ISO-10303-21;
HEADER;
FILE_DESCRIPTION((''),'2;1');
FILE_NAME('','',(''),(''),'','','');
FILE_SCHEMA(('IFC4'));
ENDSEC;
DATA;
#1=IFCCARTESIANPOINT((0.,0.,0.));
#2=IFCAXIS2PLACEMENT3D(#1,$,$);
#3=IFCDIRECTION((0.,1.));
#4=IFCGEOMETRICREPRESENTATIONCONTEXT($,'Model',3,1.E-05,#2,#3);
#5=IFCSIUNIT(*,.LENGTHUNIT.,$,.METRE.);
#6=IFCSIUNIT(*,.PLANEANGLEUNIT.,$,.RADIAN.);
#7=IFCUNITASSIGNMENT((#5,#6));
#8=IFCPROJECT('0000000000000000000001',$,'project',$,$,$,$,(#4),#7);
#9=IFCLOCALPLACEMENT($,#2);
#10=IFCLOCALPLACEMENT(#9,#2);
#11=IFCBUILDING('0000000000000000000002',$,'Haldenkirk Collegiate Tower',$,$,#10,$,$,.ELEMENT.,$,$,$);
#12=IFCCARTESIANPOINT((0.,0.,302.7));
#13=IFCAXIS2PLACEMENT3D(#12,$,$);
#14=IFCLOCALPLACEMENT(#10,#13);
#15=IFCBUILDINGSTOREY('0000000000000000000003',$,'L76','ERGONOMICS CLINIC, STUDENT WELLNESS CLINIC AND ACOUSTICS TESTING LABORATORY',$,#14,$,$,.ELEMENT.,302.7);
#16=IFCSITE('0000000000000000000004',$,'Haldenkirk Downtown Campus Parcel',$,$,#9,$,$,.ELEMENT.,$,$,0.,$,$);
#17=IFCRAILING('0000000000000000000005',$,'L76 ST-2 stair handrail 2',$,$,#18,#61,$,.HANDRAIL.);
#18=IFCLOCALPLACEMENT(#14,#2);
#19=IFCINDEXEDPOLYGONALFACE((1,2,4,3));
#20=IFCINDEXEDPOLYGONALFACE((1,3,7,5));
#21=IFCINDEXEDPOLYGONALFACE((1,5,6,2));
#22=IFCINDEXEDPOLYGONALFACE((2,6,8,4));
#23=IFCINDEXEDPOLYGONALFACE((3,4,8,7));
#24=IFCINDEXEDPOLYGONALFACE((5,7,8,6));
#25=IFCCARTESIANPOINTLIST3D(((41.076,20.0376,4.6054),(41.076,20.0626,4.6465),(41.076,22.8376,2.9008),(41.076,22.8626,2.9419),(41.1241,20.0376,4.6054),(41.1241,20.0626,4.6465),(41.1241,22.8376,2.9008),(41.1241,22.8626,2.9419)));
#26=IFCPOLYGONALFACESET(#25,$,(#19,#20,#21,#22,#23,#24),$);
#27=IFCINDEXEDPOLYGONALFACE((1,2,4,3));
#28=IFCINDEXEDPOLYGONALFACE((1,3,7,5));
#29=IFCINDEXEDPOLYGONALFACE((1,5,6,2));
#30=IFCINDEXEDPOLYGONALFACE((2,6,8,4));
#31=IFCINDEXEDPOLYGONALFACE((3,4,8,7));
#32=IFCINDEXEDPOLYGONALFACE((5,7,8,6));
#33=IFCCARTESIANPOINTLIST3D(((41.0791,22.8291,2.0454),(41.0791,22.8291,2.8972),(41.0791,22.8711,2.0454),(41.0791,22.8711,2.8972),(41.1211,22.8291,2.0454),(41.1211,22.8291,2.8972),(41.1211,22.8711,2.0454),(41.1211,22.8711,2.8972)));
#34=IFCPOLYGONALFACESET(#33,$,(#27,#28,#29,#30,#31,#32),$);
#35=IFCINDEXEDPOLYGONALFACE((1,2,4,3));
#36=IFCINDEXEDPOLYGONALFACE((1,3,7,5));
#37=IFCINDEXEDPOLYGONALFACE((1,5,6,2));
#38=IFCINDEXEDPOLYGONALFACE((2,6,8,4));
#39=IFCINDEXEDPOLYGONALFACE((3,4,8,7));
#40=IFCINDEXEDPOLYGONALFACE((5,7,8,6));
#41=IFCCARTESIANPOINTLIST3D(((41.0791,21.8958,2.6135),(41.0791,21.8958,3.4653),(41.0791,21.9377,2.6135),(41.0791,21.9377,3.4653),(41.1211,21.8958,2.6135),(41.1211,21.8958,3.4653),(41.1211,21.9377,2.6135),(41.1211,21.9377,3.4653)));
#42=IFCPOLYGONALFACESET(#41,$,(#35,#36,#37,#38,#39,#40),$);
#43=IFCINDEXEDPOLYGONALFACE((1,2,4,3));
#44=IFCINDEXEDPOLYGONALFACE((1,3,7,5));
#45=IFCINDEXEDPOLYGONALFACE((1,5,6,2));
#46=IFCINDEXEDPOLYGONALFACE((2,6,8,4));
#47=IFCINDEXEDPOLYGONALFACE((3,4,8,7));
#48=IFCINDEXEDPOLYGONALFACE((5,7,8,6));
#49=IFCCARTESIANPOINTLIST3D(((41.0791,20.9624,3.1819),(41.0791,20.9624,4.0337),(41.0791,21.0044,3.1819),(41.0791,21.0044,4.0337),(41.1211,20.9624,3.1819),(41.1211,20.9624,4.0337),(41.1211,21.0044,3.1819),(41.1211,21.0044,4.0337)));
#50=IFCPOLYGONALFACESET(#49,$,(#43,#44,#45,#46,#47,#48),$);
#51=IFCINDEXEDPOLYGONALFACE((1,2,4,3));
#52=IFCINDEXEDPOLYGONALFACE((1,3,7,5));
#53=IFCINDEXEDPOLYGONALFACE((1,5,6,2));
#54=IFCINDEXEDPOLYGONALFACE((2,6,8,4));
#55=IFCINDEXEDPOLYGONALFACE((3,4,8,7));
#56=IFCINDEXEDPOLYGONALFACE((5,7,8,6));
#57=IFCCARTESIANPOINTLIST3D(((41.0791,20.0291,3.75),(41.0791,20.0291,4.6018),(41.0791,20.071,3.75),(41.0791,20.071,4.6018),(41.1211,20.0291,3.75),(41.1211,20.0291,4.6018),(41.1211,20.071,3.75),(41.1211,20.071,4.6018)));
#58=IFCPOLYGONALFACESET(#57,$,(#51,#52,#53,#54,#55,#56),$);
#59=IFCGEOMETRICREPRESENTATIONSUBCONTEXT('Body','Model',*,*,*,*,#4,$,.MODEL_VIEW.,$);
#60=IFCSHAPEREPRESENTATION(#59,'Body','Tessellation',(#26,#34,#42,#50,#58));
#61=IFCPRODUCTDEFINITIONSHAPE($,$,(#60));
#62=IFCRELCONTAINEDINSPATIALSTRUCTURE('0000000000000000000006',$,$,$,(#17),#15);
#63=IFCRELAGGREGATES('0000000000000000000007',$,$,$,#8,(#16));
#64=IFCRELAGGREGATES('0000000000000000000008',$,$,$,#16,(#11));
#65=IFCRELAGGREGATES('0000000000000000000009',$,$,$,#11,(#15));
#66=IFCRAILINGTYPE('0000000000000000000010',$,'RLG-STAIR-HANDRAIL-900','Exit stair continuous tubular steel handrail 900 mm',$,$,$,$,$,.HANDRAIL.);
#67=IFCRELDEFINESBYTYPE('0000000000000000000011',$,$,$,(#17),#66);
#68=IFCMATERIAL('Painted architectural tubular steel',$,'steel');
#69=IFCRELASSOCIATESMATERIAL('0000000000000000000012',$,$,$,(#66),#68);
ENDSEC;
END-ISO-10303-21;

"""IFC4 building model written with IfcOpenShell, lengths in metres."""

from ifc_helpers import new_model, si_unit, direction, frame, origin, origin_2d, place, context, subcontext, project, spatial, rectangle, extrude, material, type_object, element, save


model = new_model("IFC4")

# Units and contexts
model_context = context("Model", 3, precision=1e-05, world=origin(), true_north=direction((0.0, 1.0)))
body_context = subcontext(model_context, "Body", "Model", "MODEL_VIEW")
ifc_project = project(units=[si_unit("LENGTHUNIT", "METRE"), si_unit("PLANEANGLEUNIT", "RADIAN")], contexts=[model_context])

# Site, building, storey
site_placement = place(None, origin())
site = spatial("IfcSite", under=ifc_project, at=site_placement, Name="Haldenkirk Downtown Campus Parcel", CompositionType="ELEMENT", RefElevation=0.0)
building_placement = place(site_placement, origin())
building = spatial("IfcBuilding", under=site, at=building_placement, Name="Haldenkirk Collegiate Tower", CompositionType="ELEMENT")
storey_placement = place(building_placement, frame((0.0, 0.0, 302.7)))
storey = spatial("IfcBuildingStorey", under=building, at=storey_placement, Name="L76", Description="ERGONOMICS CLINIC, STUDENT WELLNESS CLINIC AND ACOUSTICS TESTING LABORATORY", CompositionType="ELEMENT", Elevation=302.7)

# Railing
ifc_material_1 = material(Name="Painted architectural tubular steel", Category="steel")
railing_type_1 = type_object("IfcRailingType", Name="RLG-STAIR-HANDRAIL-900", Description="Exit stair continuous tubular steel handrail 900 mm", PredefinedType="HANDRAIL", material=ifc_material_1)
railing_1_placement = place(storey_placement, frame((41.1001, 22.8501, 2.0454)))
element("IfcRailing", 1, at=railing_1_placement, inside=storey, type_object=railing_type_1, Name="L76 ST-2 stair handrail 2", PredefinedType="HANDRAIL", context=body_context, shape_type="SweptSolid", body=[
    extrude(rectangle(XDim=0.0481, YDim=0.0481, at=origin_2d()), frame((0.0, 0.0, 0.876), z_axis=(0.0, -0.85417, 0.519994), x_axis=(1.0, 0.0, 0.0)), (0.0, 0.0, 1.0), 3.2781),
    extrude(rectangle(XDim=0.042, YDim=0.042, at=origin_2d()), origin(), (0.0, 0.0, 1.0), 0.8518),
    extrude(rectangle(XDim=0.042, YDim=0.042, at=origin_2d()), frame((0.0, -0.9333, 0.5681)), (0.0, 0.0, 1.0), 0.8518),
    extrude(rectangle(XDim=0.042, YDim=0.042, at=origin_2d()), frame((0.0, -1.8667, 1.1365)), (0.0, 0.0, 1.0), 0.8518),
    extrude(rectangle(XDim=0.042, YDim=0.042, at=origin_2d()), frame((0.0, -2.8, 1.7046)), (0.0, 0.0, 1.0), 0.8518),
])

save(model, "model.ifc")
